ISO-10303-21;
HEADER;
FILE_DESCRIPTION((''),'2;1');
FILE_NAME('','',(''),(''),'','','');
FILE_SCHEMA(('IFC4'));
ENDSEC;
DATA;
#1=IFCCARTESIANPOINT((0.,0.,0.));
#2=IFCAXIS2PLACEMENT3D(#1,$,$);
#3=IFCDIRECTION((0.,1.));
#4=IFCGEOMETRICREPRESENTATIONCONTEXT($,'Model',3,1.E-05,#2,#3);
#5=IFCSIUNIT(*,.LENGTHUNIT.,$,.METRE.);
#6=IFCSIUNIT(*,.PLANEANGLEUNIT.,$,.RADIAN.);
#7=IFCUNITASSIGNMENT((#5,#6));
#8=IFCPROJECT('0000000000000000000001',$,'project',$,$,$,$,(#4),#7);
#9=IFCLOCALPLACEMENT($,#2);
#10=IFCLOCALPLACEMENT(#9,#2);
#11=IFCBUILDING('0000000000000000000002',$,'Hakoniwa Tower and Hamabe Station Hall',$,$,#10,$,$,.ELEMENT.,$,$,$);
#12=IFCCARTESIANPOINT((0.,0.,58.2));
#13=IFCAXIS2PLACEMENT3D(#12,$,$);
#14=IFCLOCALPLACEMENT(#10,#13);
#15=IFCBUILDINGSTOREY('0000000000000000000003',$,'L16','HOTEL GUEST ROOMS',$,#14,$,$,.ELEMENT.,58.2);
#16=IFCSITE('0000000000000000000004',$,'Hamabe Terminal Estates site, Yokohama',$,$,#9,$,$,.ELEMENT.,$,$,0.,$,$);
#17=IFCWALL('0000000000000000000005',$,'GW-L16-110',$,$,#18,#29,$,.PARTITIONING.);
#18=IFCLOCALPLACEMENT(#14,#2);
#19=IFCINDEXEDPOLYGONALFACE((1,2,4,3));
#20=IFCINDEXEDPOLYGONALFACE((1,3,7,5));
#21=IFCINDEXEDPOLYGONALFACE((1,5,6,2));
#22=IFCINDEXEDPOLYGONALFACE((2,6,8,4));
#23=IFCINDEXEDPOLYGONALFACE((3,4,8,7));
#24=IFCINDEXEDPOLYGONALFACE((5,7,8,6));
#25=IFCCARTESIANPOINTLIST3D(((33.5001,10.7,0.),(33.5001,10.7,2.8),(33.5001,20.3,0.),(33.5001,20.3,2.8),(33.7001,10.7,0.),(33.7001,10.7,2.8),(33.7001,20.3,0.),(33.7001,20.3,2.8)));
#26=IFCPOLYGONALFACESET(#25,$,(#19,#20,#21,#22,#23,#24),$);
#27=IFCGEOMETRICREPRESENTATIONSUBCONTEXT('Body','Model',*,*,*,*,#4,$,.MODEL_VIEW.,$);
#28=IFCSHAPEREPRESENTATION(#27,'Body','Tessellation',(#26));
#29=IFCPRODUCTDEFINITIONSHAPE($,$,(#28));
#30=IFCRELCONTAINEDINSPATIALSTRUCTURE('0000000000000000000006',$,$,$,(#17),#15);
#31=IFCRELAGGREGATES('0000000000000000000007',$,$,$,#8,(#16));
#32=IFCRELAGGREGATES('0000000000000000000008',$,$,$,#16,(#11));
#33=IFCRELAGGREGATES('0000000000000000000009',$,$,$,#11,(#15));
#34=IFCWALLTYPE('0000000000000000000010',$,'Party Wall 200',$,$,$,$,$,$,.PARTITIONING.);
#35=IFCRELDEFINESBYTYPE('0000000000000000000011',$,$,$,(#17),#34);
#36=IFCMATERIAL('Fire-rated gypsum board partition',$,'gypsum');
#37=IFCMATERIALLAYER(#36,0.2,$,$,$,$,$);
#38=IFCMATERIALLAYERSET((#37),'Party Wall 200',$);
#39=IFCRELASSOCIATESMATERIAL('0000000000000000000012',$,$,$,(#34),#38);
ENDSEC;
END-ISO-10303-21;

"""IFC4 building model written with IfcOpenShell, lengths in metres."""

from ifc_helpers import new_model, si_unit, direction, frame, frame_2d, origin, place, context, subcontext, project, spatial, rectangle, extrude, material, layer, layer_set, type_object, element, save


model = new_model("IFC4")

# Units and contexts
model_context = context("Model", 3, precision=1e-05, world=origin(), true_north=direction((0.0, 1.0)))
body_context = subcontext(model_context, "Body", "Model", "MODEL_VIEW")
ifc_project = project(units=[si_unit("LENGTHUNIT", "METRE"), si_unit("PLANEANGLEUNIT", "RADIAN")], contexts=[model_context])

# Site, building, storey
site_placement = place(None, origin())
site = spatial("IfcSite", under=ifc_project, at=site_placement, Name="Hamabe Terminal Estates site, Yokohama", CompositionType="ELEMENT", RefElevation=0.0)
building_placement = place(site_placement, origin())
building = spatial("IfcBuilding", under=site, at=building_placement, Name="Hakoniwa Tower and Hamabe Station Hall", CompositionType="ELEMENT")
storey_placement = place(building_placement, frame((0.0, 0.0, 58.2)))
storey = spatial("IfcBuildingStorey", under=building, at=storey_placement, Name="L16", Description="HOTEL GUEST ROOMS", CompositionType="ELEMENT", Elevation=58.2)

# Wall
ifc_material_1 = material(Name="Fire-rated gypsum board partition", Category="gypsum")
ifc_layer_1 = layer(ifc_material_1, 0.2)
ifc_layer_set_1 = layer_set([ifc_layer_1], Name="Party Wall 200")
wall_type_1 = type_object("IfcWallType", Name="Party Wall 200", PredefinedType="PARTITIONING", material=ifc_layer_set_1)
for number, where, z_axis, x_axis, name in (
    (1, (33.6001, 10.7, 0.0), (0.0, 0.0, 1.0), (0.0, 1.0, 0.0), "GW-L16-110"),
):
    element("IfcWall", number, at=place(storey_placement, frame(where, z_axis=z_axis, x_axis=x_axis)), inside=storey, type_object=wall_type_1, Name=name, PredefinedType="PARTITIONING", context=body_context, shape_type="SweptSolid", body=[
        extrude(rectangle(XDim=9.6001, YDim=0.2, at=frame_2d((4.8, 0.0))), origin(), (0.0, 0.0, 1.0), 2.8),
    ])

save(model, "model.ifc")
